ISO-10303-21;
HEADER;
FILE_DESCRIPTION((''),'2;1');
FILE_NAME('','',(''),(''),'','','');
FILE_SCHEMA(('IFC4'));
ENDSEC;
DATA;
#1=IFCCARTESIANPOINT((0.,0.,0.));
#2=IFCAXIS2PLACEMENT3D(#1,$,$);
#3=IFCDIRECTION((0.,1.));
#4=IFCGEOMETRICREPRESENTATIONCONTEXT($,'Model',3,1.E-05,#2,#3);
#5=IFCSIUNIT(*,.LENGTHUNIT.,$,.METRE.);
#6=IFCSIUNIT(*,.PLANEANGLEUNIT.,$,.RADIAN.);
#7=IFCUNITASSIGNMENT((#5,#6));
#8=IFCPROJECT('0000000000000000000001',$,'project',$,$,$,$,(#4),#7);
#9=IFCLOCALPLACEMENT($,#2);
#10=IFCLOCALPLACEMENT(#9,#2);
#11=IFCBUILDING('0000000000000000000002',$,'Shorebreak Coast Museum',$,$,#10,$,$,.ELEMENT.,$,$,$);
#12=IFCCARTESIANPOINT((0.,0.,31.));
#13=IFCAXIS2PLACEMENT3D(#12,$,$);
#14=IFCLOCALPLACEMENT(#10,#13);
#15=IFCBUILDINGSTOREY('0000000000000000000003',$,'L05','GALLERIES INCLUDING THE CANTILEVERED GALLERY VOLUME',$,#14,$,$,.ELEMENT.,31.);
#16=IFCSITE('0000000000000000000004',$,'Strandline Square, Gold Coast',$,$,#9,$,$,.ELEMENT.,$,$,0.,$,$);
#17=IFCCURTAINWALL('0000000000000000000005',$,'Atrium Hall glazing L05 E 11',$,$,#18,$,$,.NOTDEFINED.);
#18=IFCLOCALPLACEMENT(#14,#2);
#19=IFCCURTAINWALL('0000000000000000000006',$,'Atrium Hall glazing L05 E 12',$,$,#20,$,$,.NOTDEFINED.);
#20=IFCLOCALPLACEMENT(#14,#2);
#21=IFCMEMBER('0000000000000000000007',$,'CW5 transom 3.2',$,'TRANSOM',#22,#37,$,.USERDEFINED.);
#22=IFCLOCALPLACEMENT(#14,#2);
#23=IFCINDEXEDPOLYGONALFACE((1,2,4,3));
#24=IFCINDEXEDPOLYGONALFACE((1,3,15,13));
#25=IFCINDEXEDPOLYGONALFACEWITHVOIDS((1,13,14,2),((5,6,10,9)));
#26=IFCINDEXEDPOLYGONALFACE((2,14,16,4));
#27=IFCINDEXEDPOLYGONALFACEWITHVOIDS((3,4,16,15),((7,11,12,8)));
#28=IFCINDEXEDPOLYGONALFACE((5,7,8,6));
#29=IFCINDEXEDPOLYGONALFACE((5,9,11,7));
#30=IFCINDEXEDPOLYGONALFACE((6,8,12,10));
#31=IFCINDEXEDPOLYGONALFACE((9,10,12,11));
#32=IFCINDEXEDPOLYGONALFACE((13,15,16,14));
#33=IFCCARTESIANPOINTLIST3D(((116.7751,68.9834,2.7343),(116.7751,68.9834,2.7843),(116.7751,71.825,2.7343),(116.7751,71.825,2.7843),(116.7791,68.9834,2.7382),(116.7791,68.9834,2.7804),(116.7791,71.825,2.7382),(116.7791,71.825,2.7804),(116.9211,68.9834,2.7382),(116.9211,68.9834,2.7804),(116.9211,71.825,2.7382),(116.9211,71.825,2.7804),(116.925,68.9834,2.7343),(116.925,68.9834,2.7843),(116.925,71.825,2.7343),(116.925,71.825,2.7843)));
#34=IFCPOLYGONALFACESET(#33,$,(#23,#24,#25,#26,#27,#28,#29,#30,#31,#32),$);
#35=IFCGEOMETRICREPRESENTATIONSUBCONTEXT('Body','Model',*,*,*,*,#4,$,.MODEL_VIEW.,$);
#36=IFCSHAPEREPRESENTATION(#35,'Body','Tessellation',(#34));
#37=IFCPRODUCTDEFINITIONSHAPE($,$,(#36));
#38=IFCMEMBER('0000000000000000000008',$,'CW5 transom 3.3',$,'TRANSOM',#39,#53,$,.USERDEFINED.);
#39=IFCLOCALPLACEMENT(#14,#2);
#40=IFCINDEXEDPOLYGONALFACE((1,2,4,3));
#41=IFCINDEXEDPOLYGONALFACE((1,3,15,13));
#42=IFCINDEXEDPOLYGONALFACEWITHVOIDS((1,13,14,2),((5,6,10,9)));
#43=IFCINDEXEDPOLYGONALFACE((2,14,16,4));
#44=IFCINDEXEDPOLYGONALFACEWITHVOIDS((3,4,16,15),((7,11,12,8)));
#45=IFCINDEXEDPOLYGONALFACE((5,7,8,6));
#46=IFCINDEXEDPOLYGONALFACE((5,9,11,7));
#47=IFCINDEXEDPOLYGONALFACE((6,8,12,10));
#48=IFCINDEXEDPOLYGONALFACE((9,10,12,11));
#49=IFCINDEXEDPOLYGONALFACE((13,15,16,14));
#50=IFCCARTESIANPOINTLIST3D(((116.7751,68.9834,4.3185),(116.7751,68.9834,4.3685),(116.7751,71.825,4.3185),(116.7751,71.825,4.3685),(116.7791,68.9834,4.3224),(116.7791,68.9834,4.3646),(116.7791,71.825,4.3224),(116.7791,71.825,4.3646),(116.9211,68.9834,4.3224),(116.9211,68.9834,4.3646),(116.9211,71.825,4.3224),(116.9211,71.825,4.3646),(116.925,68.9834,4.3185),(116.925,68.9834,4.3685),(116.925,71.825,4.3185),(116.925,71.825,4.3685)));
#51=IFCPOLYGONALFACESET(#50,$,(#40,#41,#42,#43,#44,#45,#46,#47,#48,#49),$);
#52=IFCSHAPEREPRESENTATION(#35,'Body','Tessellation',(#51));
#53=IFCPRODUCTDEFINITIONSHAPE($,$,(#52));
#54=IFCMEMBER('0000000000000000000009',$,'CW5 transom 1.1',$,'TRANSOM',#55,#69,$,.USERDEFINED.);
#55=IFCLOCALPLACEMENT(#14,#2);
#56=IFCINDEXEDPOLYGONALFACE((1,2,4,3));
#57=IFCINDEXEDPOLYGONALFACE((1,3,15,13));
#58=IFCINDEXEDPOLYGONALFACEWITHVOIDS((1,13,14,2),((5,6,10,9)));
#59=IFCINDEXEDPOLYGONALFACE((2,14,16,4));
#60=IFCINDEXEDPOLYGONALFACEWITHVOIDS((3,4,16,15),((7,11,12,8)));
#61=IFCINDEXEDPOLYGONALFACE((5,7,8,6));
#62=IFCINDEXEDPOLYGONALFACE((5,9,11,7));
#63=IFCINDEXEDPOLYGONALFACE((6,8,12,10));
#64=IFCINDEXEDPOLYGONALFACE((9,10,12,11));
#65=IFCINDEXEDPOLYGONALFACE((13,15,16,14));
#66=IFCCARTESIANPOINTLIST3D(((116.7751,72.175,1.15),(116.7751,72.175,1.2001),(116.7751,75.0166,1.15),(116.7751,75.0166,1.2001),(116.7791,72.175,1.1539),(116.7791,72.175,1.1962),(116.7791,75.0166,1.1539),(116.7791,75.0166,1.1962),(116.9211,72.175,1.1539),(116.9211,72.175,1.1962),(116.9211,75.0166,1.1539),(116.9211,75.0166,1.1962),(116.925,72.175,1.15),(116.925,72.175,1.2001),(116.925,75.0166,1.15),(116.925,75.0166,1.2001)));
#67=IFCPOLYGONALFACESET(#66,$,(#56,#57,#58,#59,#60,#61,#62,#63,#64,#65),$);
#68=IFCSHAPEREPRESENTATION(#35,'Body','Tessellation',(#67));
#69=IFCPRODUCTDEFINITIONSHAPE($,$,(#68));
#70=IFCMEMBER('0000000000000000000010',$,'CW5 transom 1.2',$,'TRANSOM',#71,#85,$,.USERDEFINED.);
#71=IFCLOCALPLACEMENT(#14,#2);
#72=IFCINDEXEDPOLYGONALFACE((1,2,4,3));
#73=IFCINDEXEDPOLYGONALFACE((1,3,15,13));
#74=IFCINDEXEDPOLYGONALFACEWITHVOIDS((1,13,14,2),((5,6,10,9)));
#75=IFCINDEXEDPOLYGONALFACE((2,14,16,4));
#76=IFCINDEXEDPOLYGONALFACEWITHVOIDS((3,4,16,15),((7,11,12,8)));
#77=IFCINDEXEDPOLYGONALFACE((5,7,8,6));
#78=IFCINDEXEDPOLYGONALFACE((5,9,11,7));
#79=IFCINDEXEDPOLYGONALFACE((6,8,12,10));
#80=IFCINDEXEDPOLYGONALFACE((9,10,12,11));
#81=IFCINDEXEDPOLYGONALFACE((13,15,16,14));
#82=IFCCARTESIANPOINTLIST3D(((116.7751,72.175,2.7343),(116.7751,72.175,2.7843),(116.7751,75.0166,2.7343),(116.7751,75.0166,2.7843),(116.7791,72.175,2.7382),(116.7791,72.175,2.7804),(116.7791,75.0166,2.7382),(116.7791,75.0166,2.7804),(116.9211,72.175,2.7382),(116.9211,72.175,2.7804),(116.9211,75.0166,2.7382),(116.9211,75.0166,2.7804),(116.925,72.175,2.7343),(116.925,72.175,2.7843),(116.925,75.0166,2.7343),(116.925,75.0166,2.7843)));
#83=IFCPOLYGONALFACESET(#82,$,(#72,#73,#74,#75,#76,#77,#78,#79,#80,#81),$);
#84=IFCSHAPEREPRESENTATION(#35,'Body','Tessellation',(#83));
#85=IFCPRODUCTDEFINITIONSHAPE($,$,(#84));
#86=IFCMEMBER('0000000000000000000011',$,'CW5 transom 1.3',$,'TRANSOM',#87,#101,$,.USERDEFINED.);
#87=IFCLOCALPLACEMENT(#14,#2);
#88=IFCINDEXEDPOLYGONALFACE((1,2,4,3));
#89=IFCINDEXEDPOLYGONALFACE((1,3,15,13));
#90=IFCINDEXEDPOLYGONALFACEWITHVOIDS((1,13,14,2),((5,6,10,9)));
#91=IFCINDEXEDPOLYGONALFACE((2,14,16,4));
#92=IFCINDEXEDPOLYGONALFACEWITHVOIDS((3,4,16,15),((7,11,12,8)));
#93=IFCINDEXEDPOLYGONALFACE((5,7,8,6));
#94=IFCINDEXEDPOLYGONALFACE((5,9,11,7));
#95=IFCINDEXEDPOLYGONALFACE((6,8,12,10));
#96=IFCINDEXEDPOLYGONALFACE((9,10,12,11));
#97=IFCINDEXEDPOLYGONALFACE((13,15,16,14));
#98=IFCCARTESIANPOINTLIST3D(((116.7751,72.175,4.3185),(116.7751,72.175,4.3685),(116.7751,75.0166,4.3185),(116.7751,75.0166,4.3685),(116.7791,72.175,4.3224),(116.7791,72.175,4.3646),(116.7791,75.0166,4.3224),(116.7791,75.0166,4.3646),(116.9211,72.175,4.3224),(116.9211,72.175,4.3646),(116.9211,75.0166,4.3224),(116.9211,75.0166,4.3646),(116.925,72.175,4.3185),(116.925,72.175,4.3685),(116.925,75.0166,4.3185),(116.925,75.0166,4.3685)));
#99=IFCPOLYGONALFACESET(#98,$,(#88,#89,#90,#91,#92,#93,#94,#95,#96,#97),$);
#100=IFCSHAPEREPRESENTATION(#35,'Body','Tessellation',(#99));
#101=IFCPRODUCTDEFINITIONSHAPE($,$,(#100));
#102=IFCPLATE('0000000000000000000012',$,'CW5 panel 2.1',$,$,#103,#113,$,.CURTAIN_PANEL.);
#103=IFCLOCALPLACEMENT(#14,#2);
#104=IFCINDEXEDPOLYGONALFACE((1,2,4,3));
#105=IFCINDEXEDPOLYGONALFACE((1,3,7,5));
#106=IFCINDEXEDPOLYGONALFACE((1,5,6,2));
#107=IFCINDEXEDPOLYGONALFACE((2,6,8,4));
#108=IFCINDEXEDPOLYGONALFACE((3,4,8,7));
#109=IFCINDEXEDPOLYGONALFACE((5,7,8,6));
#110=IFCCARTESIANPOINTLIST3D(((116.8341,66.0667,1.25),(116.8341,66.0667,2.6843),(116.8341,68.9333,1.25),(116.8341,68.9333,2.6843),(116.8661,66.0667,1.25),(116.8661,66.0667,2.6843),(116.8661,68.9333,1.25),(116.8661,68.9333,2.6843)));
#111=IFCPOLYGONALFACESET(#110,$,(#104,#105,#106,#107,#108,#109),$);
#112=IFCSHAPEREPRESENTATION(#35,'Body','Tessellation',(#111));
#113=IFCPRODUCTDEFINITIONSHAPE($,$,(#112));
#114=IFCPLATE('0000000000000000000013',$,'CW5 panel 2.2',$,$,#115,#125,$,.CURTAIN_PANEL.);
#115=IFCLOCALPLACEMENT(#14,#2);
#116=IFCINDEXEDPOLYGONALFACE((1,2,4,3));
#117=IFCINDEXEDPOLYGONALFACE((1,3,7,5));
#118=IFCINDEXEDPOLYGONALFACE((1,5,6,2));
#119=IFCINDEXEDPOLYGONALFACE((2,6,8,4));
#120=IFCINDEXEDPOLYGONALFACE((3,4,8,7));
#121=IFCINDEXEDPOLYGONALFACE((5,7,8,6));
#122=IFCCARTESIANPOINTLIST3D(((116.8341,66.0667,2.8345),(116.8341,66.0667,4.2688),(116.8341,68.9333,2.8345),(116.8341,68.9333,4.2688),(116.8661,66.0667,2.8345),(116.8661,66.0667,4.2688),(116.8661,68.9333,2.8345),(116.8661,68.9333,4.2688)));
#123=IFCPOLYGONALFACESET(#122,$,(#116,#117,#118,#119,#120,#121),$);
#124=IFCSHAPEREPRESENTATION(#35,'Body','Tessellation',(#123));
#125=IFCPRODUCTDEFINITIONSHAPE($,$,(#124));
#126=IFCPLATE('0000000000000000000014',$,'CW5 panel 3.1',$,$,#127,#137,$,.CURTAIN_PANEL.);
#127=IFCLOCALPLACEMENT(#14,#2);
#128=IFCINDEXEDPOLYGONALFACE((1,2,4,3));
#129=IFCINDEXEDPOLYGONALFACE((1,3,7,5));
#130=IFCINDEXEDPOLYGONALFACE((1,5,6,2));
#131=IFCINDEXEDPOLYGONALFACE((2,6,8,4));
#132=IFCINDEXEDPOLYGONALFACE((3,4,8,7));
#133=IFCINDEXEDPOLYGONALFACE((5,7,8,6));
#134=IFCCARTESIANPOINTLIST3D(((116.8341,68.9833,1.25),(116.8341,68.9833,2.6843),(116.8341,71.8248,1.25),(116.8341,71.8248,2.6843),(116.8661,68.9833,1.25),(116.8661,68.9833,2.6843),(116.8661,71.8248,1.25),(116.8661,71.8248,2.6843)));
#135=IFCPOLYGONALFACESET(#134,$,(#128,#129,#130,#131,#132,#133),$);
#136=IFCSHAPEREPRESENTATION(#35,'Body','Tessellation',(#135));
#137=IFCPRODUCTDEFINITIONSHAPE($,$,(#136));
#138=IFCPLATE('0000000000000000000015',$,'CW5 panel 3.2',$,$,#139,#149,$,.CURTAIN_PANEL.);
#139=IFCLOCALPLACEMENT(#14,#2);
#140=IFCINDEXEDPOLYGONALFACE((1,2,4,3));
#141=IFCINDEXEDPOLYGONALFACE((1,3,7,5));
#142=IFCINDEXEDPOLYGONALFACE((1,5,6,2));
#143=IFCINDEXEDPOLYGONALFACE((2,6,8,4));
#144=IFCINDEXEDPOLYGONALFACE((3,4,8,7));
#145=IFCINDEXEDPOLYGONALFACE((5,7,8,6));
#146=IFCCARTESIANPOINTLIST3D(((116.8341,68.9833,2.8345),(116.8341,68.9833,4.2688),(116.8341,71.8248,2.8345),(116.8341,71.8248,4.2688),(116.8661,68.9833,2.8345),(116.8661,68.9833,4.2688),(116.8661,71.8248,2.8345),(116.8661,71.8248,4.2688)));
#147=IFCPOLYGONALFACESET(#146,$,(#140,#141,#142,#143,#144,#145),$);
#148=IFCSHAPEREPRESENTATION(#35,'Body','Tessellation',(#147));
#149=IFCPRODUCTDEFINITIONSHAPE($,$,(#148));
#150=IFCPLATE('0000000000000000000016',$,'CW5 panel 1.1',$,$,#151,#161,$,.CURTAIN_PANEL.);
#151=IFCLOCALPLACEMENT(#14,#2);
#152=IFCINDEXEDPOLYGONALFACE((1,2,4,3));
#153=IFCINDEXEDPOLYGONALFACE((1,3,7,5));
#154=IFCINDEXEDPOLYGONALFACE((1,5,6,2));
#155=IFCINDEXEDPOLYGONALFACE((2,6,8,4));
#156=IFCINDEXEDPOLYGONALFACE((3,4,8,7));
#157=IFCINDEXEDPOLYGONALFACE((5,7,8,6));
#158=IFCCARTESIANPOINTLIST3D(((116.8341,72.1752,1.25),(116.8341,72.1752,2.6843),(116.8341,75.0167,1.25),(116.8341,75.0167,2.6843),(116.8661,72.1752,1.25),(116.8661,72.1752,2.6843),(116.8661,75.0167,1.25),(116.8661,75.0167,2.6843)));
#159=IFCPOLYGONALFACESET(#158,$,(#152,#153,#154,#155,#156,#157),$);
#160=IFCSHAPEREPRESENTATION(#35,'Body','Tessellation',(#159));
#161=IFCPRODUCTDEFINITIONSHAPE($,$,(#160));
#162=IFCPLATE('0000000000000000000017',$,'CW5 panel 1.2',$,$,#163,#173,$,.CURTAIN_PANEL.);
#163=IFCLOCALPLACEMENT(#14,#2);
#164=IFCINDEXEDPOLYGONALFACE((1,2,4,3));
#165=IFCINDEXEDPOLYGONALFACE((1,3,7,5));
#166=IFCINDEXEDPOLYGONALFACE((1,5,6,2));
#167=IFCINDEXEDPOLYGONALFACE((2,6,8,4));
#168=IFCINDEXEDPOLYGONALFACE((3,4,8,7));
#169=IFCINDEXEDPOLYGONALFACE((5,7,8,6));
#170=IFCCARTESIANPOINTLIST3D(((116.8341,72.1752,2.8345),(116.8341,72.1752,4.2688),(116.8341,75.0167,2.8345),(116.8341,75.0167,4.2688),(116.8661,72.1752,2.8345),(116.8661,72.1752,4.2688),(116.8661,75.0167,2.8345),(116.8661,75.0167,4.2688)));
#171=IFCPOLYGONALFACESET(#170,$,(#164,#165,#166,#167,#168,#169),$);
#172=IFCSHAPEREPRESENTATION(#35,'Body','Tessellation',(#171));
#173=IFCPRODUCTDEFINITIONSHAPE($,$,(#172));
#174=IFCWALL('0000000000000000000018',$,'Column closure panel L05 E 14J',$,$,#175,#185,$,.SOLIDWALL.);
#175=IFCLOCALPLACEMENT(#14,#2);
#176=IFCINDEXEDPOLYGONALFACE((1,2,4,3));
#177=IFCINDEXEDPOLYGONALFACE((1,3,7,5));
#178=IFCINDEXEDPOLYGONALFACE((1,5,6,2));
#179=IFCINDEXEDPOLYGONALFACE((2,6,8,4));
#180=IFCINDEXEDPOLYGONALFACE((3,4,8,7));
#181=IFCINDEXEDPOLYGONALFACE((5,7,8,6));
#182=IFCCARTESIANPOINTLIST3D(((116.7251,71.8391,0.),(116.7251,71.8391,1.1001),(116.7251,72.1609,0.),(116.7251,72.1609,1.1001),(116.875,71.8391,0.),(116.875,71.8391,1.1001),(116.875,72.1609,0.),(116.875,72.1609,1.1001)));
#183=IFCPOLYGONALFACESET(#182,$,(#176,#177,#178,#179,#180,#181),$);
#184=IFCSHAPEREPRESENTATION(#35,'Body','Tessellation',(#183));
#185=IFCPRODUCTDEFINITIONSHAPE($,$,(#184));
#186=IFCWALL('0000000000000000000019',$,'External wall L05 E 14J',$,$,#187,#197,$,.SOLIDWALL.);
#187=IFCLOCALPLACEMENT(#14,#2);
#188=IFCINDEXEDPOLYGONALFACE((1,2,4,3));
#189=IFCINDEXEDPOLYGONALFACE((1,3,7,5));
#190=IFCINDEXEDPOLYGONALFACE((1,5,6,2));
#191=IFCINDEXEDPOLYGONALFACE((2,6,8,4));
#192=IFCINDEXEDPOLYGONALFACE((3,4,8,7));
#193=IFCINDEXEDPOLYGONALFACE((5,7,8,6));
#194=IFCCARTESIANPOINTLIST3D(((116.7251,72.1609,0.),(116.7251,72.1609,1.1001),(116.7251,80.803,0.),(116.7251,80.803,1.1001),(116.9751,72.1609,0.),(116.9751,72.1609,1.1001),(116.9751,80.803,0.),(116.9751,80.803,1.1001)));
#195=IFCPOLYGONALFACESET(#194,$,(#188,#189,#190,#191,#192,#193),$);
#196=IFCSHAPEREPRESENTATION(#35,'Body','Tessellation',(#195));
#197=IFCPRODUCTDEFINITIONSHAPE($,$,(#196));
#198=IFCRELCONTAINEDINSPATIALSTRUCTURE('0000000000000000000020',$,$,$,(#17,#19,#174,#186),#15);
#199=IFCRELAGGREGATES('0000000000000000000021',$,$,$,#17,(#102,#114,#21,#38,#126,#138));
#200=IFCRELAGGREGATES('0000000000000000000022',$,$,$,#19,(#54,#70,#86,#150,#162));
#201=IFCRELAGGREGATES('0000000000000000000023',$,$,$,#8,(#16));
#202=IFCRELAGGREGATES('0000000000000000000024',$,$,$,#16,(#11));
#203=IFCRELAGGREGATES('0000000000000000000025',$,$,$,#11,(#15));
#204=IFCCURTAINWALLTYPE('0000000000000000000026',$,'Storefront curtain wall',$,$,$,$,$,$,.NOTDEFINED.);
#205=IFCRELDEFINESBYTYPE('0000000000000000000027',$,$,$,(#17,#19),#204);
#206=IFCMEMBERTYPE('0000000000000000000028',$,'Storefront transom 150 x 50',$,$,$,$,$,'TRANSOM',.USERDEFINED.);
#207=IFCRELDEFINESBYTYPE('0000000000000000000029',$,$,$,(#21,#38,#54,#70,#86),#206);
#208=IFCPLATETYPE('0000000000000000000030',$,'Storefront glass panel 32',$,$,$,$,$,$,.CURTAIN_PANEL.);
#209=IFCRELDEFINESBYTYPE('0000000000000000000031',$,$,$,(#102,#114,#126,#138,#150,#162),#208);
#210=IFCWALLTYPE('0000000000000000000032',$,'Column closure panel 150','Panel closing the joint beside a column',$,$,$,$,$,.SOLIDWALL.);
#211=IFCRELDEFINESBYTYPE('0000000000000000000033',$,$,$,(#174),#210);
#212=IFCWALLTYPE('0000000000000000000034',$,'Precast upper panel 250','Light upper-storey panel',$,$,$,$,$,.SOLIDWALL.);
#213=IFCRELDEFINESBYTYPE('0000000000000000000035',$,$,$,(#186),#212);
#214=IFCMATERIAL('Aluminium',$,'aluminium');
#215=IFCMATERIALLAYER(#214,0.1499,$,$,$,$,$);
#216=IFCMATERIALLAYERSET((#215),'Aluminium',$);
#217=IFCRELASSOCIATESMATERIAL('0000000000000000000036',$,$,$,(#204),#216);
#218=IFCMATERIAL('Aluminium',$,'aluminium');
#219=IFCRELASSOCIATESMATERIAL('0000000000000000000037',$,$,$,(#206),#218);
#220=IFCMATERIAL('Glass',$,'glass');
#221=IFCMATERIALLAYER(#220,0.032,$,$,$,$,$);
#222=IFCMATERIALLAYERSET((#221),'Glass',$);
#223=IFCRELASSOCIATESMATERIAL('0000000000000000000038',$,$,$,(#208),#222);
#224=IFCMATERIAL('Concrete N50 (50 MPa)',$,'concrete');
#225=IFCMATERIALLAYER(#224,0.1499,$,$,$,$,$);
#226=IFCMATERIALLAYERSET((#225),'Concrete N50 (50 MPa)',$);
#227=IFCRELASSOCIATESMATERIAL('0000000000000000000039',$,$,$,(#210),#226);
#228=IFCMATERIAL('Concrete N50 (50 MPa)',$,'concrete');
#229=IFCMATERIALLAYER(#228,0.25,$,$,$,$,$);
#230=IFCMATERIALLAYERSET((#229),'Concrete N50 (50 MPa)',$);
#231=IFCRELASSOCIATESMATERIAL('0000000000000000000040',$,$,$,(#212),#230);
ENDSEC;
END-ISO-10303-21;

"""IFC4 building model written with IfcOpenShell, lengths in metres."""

from ifc_helpers import new_model, si_unit, direction, frame, frame_2d, origin, origin_2d, place, context, subcontext, project, spatial, rectangle, hollow_rectangle, extrude, material, layer, layer_set, material_profile, profile_set, type_object, element, aggregate, save


model = new_model("IFC4")

# Units and contexts
model_context = context("Model", 3, precision=1e-05, world=origin(), true_north=direction((0.0, 1.0)))
body_context = subcontext(model_context, "Body", "Model", "MODEL_VIEW")
ifc_project = project(units=[si_unit("LENGTHUNIT", "METRE"), si_unit("PLANEANGLEUNIT", "RADIAN")], contexts=[model_context])

# Site, building, storey
site_placement = place(None, origin())
site = spatial("IfcSite", under=ifc_project, at=site_placement, Name="Strandline Square, Gold Coast", CompositionType="ELEMENT", RefElevation=0.0)
building_placement = place(site_placement, origin())
building = spatial("IfcBuilding", under=site, at=building_placement, Name="Shorebreak Coast Museum", CompositionType="ELEMENT")
storey_placement = place(building_placement, frame((0.0, 0.0, 31.0)))
storey = spatial("IfcBuildingStorey", under=building, at=storey_placement, Name="L05", Description="GALLERIES INCLUDING THE CANTILEVERED GALLERY VOLUME", CompositionType="ELEMENT", Elevation=31.0)

# Curtain walls
ifc_material_1 = material(Name="Aluminium", Category="aluminium")
ifc_layer_1 = layer(ifc_material_1, 0.1499)
ifc_layer_set_1 = layer_set([ifc_layer_1], Name="Aluminium")
curtain_wall_type = type_object("IfcCurtainWallType", Name="Storefront curtain wall", PredefinedType="NOTDEFINED", material=ifc_layer_set_1)
curtain_wall_1_placement = place(storey_placement, origin())
curtain_wall_1 = element("IfcCurtainWall", 1, at=curtain_wall_1_placement, inside=storey, type_object=curtain_wall_type, Name="Atrium Hall glazing L05 E 11", PredefinedType="NOTDEFINED")
curtain_wall_2_placement = place(storey_placement, origin())
curtain_wall_2 = element("IfcCurtainWall", 2, at=curtain_wall_2_placement, inside=storey, type_object=curtain_wall_type, Name="Atrium Hall glazing L05 E 12", PredefinedType="NOTDEFINED")

# Members
ifc_material_2 = material(Name="Aluminium", Category="aluminium")
ifc_material_profile_1 = material_profile(ifc_material_2, hollow_rectangle(XDim=0.1499, YDim=0.05, WallThickness=0.0039, at=origin_2d()), Name="AL 50x150 RHS")
ifc_profile_set_1 = profile_set([ifc_material_profile_1], Name="Aluminium")
member_type_1 = type_object("IfcMemberType", Name="Storefront transom 150 x 50", ElementType="TRANSOM", PredefinedType="USERDEFINED", material=ifc_profile_set_1)
member_1_placement = place(storey_placement, frame((116.8501, 68.9834, 2.7593), z_axis=(0.0, 1.0, 0.0), x_axis=(-1.0, 0.0, 0.0)))
member_1 = element("IfcMember", 3, at=member_1_placement, type_object=member_type_1, Name="CW5 transom 3.2", ObjectType="TRANSOM", PredefinedType="USERDEFINED", context=body_context, shape_type="SweptSolid", body=[
    extrude(hollow_rectangle(XDim=0.1499, YDim=0.05, WallThickness=0.0039, at=origin_2d()), origin(), (0.0, 0.0, 1.0), 2.8416),
])
member_2_placement = place(storey_placement, frame((116.8501, 68.9834, 4.3435), z_axis=(0.0, 1.0, 0.0), x_axis=(-1.0, 0.0, 0.0)))
member_2 = element("IfcMember", 4, at=member_2_placement, type_object=member_type_1, Name="CW5 transom 3.3", ObjectType="TRANSOM", PredefinedType="USERDEFINED", context=body_context, shape_type="SweptSolid", body=[
    extrude(hollow_rectangle(XDim=0.1499, YDim=0.05, WallThickness=0.0039, at=origin_2d()), origin(), (0.0, 0.0, 1.0), 2.8416),
])
member_3_placement = place(storey_placement, frame((116.8501, 72.175, 1.175), z_axis=(0.0, 1.0, 0.0), x_axis=(-1.0, 0.0, 0.0)))
member_3 = element("IfcMember", 5, at=member_3_placement, type_object=member_type_1, Name="CW5 transom 1.1", ObjectType="TRANSOM", PredefinedType="USERDEFINED", context=body_context, shape_type="SweptSolid", body=[
    extrude(hollow_rectangle(XDim=0.1499, YDim=0.05, WallThickness=0.0039, at=origin_2d()), origin(), (0.0, 0.0, 1.0), 2.8416),
])
member_4_placement = place(storey_placement, frame((116.8501, 72.175, 2.7593), z_axis=(0.0, 1.0, 0.0), x_axis=(-1.0, 0.0, 0.0)))
member_4 = element("IfcMember", 6, at=member_4_placement, type_object=member_type_1, Name="CW5 transom 1.2", ObjectType="TRANSOM", PredefinedType="USERDEFINED", context=body_context, shape_type="SweptSolid", body=[
    extrude(hollow_rectangle(XDim=0.1499, YDim=0.05, WallThickness=0.0039, at=origin_2d()), origin(), (0.0, 0.0, 1.0), 2.8416),
])
member_5_placement = place(storey_placement, frame((116.8501, 72.175, 4.3435), z_axis=(0.0, 1.0, 0.0), x_axis=(-1.0, 0.0, 0.0)))
member_5 = element("IfcMember", 7, at=member_5_placement, type_object=member_type_1, Name="CW5 transom 1.3", ObjectType="TRANSOM", PredefinedType="USERDEFINED", context=body_context, shape_type="SweptSolid", body=[
    extrude(hollow_rectangle(XDim=0.1499, YDim=0.05, WallThickness=0.0039, at=origin_2d()), origin(), (0.0, 0.0, 1.0), 2.8416),
])

# Plates
ifc_material_3 = material(Name="Glass", Category="glass")
ifc_layer_2 = layer(ifc_material_3, 0.032)
ifc_layer_set_2 = layer_set([ifc_layer_2], Name="Glass")
plate_type = type_object("IfcPlateType", Name="Storefront glass panel 32", PredefinedType="CURTAIN_PANEL", material=ifc_layer_set_2)
plate_1_placement = place(storey_placement, frame((116.8501, 67.5, 1.25), z_axis=(0.0, 0.0, 1.0), x_axis=(0.0, 1.0, 0.0)))
plate_1 = element("IfcPlate", 8, at=plate_1_placement, type_object=plate_type, Name="CW5 panel 2.1", PredefinedType="CURTAIN_PANEL", context=body_context, shape_type="SweptSolid", body=[
    extrude(rectangle(XDim=2.8667, YDim=0.032, at=origin_2d()), origin(), (0.0, 0.0, 1.0), 1.4343),
])
plate_2_placement = place(storey_placement, frame((116.8501, 67.5, 2.8345), z_axis=(0.0, 0.0, 1.0), x_axis=(0.0, 1.0, 0.0)))
plate_2 = element("IfcPlate", 9, at=plate_2_placement, type_object=plate_type, Name="CW5 panel 2.2", PredefinedType="CURTAIN_PANEL", context=body_context, shape_type="SweptSolid", body=[
    extrude(rectangle(XDim=2.8667, YDim=0.032, at=origin_2d()), origin(), (0.0, 0.0, 1.0), 1.4343),
])
plate_3_placement = place(storey_placement, frame((116.8501, 70.4041, 1.25), z_axis=(0.0, 0.0, 1.0), x_axis=(0.0, 1.0, 0.0)))
plate_3 = element("IfcPlate", 10, at=plate_3_placement, type_object=plate_type, Name="CW5 panel 3.1", PredefinedType="CURTAIN_PANEL", context=body_context, shape_type="SweptSolid", body=[
    extrude(rectangle(XDim=2.8416, YDim=0.032, at=origin_2d()), origin(), (0.0, 0.0, 1.0), 1.4343),
])
plate_4_placement = place(storey_placement, frame((116.8501, 70.4041, 2.8345), z_axis=(0.0, 0.0, 1.0), x_axis=(0.0, 1.0, 0.0)))
plate_4 = element("IfcPlate", 11, at=plate_4_placement, type_object=plate_type, Name="CW5 panel 3.2", PredefinedType="CURTAIN_PANEL", context=body_context, shape_type="SweptSolid", body=[
    extrude(rectangle(XDim=2.8416, YDim=0.032, at=origin_2d()), origin(), (0.0, 0.0, 1.0), 1.4343),
])
aggregate(curtain_wall_1, [plate_1, plate_2, member_1, member_2, plate_3, plate_4])
plate_5_placement = place(storey_placement, frame((116.8501, 73.5959, 1.25), z_axis=(0.0, 0.0, 1.0), x_axis=(0.0, 1.0, 0.0)))
plate_5 = element("IfcPlate", 12, at=plate_5_placement, type_object=plate_type, Name="CW5 panel 1.1", PredefinedType="CURTAIN_PANEL", context=body_context, shape_type="SweptSolid", body=[
    extrude(rectangle(XDim=2.8416, YDim=0.032, at=origin_2d()), origin(), (0.0, 0.0, 1.0), 1.4343),
])
plate_6_placement = place(storey_placement, frame((116.8501, 73.5959, 2.8345), z_axis=(0.0, 0.0, 1.0), x_axis=(0.0, 1.0, 0.0)))
plate_6 = element("IfcPlate", 13, at=plate_6_placement, type_object=plate_type, Name="CW5 panel 1.2", PredefinedType="CURTAIN_PANEL", context=body_context, shape_type="SweptSolid", body=[
    extrude(rectangle(XDim=2.8416, YDim=0.032, at=origin_2d()), origin(), (0.0, 0.0, 1.0), 1.4343),
])
aggregate(curtain_wall_2, [member_3, member_4, member_5, plate_5, plate_6])

# Walls
ifc_material_4 = material(Name="Concrete N50 (50 MPa)", Category="concrete")
ifc_layer_3 = layer(ifc_material_4, 0.1499)
ifc_layer_set_3 = layer_set([ifc_layer_3], Name="Concrete N50 (50 MPa)")
wall_type_1 = type_object("IfcWallType", Name="Column closure panel 150", Description="Panel closing the joint beside a column", PredefinedType="SOLIDWALL", material=ifc_layer_set_3)
wall_1_placement = place(storey_placement, frame((116.8, 71.8391, 0.0), z_axis=(0.0, 0.0, 1.0), x_axis=(0.0, 1.0, 0.0)))
element("IfcWall", 14, at=wall_1_placement, inside=storey, type_object=wall_type_1, Name="Column closure panel L05 E 14J", PredefinedType="SOLIDWALL", context=body_context, shape_type="SweptSolid", body=[
    extrude(rectangle(XDim=0.3218, YDim=0.1499, at=frame_2d((0.1609, 0.0))), origin(), (0.0, 0.0, 1.0), 1.1001),
])
ifc_material_5 = material(Name="Concrete N50 (50 MPa)", Category="concrete")
ifc_layer_4 = layer(ifc_material_5, 0.25)
ifc_layer_set_4 = layer_set([ifc_layer_4], Name="Concrete N50 (50 MPa)")
wall_type_2 = type_object("IfcWallType", Name="Precast upper panel 250", Description="Light upper-storey panel", PredefinedType="SOLIDWALL", material=ifc_layer_set_4)
wall_2_placement = place(storey_placement, frame((116.8501, 72.1609, 0.0), z_axis=(0.0, 0.0, 1.0), x_axis=(0.0, 1.0, 0.0)))
element("IfcWall", 15, at=wall_2_placement, inside=storey, type_object=wall_type_2, Name="External wall L05 E 14J", PredefinedType="SOLIDWALL", context=body_context, shape_type="SweptSolid", body=[
    extrude(rectangle(XDim=8.6421, YDim=0.25, at=frame_2d((4.321, 0.0))), origin(), (0.0, 0.0, 1.0), 1.1001),
])

save(model, "model.ifc")
